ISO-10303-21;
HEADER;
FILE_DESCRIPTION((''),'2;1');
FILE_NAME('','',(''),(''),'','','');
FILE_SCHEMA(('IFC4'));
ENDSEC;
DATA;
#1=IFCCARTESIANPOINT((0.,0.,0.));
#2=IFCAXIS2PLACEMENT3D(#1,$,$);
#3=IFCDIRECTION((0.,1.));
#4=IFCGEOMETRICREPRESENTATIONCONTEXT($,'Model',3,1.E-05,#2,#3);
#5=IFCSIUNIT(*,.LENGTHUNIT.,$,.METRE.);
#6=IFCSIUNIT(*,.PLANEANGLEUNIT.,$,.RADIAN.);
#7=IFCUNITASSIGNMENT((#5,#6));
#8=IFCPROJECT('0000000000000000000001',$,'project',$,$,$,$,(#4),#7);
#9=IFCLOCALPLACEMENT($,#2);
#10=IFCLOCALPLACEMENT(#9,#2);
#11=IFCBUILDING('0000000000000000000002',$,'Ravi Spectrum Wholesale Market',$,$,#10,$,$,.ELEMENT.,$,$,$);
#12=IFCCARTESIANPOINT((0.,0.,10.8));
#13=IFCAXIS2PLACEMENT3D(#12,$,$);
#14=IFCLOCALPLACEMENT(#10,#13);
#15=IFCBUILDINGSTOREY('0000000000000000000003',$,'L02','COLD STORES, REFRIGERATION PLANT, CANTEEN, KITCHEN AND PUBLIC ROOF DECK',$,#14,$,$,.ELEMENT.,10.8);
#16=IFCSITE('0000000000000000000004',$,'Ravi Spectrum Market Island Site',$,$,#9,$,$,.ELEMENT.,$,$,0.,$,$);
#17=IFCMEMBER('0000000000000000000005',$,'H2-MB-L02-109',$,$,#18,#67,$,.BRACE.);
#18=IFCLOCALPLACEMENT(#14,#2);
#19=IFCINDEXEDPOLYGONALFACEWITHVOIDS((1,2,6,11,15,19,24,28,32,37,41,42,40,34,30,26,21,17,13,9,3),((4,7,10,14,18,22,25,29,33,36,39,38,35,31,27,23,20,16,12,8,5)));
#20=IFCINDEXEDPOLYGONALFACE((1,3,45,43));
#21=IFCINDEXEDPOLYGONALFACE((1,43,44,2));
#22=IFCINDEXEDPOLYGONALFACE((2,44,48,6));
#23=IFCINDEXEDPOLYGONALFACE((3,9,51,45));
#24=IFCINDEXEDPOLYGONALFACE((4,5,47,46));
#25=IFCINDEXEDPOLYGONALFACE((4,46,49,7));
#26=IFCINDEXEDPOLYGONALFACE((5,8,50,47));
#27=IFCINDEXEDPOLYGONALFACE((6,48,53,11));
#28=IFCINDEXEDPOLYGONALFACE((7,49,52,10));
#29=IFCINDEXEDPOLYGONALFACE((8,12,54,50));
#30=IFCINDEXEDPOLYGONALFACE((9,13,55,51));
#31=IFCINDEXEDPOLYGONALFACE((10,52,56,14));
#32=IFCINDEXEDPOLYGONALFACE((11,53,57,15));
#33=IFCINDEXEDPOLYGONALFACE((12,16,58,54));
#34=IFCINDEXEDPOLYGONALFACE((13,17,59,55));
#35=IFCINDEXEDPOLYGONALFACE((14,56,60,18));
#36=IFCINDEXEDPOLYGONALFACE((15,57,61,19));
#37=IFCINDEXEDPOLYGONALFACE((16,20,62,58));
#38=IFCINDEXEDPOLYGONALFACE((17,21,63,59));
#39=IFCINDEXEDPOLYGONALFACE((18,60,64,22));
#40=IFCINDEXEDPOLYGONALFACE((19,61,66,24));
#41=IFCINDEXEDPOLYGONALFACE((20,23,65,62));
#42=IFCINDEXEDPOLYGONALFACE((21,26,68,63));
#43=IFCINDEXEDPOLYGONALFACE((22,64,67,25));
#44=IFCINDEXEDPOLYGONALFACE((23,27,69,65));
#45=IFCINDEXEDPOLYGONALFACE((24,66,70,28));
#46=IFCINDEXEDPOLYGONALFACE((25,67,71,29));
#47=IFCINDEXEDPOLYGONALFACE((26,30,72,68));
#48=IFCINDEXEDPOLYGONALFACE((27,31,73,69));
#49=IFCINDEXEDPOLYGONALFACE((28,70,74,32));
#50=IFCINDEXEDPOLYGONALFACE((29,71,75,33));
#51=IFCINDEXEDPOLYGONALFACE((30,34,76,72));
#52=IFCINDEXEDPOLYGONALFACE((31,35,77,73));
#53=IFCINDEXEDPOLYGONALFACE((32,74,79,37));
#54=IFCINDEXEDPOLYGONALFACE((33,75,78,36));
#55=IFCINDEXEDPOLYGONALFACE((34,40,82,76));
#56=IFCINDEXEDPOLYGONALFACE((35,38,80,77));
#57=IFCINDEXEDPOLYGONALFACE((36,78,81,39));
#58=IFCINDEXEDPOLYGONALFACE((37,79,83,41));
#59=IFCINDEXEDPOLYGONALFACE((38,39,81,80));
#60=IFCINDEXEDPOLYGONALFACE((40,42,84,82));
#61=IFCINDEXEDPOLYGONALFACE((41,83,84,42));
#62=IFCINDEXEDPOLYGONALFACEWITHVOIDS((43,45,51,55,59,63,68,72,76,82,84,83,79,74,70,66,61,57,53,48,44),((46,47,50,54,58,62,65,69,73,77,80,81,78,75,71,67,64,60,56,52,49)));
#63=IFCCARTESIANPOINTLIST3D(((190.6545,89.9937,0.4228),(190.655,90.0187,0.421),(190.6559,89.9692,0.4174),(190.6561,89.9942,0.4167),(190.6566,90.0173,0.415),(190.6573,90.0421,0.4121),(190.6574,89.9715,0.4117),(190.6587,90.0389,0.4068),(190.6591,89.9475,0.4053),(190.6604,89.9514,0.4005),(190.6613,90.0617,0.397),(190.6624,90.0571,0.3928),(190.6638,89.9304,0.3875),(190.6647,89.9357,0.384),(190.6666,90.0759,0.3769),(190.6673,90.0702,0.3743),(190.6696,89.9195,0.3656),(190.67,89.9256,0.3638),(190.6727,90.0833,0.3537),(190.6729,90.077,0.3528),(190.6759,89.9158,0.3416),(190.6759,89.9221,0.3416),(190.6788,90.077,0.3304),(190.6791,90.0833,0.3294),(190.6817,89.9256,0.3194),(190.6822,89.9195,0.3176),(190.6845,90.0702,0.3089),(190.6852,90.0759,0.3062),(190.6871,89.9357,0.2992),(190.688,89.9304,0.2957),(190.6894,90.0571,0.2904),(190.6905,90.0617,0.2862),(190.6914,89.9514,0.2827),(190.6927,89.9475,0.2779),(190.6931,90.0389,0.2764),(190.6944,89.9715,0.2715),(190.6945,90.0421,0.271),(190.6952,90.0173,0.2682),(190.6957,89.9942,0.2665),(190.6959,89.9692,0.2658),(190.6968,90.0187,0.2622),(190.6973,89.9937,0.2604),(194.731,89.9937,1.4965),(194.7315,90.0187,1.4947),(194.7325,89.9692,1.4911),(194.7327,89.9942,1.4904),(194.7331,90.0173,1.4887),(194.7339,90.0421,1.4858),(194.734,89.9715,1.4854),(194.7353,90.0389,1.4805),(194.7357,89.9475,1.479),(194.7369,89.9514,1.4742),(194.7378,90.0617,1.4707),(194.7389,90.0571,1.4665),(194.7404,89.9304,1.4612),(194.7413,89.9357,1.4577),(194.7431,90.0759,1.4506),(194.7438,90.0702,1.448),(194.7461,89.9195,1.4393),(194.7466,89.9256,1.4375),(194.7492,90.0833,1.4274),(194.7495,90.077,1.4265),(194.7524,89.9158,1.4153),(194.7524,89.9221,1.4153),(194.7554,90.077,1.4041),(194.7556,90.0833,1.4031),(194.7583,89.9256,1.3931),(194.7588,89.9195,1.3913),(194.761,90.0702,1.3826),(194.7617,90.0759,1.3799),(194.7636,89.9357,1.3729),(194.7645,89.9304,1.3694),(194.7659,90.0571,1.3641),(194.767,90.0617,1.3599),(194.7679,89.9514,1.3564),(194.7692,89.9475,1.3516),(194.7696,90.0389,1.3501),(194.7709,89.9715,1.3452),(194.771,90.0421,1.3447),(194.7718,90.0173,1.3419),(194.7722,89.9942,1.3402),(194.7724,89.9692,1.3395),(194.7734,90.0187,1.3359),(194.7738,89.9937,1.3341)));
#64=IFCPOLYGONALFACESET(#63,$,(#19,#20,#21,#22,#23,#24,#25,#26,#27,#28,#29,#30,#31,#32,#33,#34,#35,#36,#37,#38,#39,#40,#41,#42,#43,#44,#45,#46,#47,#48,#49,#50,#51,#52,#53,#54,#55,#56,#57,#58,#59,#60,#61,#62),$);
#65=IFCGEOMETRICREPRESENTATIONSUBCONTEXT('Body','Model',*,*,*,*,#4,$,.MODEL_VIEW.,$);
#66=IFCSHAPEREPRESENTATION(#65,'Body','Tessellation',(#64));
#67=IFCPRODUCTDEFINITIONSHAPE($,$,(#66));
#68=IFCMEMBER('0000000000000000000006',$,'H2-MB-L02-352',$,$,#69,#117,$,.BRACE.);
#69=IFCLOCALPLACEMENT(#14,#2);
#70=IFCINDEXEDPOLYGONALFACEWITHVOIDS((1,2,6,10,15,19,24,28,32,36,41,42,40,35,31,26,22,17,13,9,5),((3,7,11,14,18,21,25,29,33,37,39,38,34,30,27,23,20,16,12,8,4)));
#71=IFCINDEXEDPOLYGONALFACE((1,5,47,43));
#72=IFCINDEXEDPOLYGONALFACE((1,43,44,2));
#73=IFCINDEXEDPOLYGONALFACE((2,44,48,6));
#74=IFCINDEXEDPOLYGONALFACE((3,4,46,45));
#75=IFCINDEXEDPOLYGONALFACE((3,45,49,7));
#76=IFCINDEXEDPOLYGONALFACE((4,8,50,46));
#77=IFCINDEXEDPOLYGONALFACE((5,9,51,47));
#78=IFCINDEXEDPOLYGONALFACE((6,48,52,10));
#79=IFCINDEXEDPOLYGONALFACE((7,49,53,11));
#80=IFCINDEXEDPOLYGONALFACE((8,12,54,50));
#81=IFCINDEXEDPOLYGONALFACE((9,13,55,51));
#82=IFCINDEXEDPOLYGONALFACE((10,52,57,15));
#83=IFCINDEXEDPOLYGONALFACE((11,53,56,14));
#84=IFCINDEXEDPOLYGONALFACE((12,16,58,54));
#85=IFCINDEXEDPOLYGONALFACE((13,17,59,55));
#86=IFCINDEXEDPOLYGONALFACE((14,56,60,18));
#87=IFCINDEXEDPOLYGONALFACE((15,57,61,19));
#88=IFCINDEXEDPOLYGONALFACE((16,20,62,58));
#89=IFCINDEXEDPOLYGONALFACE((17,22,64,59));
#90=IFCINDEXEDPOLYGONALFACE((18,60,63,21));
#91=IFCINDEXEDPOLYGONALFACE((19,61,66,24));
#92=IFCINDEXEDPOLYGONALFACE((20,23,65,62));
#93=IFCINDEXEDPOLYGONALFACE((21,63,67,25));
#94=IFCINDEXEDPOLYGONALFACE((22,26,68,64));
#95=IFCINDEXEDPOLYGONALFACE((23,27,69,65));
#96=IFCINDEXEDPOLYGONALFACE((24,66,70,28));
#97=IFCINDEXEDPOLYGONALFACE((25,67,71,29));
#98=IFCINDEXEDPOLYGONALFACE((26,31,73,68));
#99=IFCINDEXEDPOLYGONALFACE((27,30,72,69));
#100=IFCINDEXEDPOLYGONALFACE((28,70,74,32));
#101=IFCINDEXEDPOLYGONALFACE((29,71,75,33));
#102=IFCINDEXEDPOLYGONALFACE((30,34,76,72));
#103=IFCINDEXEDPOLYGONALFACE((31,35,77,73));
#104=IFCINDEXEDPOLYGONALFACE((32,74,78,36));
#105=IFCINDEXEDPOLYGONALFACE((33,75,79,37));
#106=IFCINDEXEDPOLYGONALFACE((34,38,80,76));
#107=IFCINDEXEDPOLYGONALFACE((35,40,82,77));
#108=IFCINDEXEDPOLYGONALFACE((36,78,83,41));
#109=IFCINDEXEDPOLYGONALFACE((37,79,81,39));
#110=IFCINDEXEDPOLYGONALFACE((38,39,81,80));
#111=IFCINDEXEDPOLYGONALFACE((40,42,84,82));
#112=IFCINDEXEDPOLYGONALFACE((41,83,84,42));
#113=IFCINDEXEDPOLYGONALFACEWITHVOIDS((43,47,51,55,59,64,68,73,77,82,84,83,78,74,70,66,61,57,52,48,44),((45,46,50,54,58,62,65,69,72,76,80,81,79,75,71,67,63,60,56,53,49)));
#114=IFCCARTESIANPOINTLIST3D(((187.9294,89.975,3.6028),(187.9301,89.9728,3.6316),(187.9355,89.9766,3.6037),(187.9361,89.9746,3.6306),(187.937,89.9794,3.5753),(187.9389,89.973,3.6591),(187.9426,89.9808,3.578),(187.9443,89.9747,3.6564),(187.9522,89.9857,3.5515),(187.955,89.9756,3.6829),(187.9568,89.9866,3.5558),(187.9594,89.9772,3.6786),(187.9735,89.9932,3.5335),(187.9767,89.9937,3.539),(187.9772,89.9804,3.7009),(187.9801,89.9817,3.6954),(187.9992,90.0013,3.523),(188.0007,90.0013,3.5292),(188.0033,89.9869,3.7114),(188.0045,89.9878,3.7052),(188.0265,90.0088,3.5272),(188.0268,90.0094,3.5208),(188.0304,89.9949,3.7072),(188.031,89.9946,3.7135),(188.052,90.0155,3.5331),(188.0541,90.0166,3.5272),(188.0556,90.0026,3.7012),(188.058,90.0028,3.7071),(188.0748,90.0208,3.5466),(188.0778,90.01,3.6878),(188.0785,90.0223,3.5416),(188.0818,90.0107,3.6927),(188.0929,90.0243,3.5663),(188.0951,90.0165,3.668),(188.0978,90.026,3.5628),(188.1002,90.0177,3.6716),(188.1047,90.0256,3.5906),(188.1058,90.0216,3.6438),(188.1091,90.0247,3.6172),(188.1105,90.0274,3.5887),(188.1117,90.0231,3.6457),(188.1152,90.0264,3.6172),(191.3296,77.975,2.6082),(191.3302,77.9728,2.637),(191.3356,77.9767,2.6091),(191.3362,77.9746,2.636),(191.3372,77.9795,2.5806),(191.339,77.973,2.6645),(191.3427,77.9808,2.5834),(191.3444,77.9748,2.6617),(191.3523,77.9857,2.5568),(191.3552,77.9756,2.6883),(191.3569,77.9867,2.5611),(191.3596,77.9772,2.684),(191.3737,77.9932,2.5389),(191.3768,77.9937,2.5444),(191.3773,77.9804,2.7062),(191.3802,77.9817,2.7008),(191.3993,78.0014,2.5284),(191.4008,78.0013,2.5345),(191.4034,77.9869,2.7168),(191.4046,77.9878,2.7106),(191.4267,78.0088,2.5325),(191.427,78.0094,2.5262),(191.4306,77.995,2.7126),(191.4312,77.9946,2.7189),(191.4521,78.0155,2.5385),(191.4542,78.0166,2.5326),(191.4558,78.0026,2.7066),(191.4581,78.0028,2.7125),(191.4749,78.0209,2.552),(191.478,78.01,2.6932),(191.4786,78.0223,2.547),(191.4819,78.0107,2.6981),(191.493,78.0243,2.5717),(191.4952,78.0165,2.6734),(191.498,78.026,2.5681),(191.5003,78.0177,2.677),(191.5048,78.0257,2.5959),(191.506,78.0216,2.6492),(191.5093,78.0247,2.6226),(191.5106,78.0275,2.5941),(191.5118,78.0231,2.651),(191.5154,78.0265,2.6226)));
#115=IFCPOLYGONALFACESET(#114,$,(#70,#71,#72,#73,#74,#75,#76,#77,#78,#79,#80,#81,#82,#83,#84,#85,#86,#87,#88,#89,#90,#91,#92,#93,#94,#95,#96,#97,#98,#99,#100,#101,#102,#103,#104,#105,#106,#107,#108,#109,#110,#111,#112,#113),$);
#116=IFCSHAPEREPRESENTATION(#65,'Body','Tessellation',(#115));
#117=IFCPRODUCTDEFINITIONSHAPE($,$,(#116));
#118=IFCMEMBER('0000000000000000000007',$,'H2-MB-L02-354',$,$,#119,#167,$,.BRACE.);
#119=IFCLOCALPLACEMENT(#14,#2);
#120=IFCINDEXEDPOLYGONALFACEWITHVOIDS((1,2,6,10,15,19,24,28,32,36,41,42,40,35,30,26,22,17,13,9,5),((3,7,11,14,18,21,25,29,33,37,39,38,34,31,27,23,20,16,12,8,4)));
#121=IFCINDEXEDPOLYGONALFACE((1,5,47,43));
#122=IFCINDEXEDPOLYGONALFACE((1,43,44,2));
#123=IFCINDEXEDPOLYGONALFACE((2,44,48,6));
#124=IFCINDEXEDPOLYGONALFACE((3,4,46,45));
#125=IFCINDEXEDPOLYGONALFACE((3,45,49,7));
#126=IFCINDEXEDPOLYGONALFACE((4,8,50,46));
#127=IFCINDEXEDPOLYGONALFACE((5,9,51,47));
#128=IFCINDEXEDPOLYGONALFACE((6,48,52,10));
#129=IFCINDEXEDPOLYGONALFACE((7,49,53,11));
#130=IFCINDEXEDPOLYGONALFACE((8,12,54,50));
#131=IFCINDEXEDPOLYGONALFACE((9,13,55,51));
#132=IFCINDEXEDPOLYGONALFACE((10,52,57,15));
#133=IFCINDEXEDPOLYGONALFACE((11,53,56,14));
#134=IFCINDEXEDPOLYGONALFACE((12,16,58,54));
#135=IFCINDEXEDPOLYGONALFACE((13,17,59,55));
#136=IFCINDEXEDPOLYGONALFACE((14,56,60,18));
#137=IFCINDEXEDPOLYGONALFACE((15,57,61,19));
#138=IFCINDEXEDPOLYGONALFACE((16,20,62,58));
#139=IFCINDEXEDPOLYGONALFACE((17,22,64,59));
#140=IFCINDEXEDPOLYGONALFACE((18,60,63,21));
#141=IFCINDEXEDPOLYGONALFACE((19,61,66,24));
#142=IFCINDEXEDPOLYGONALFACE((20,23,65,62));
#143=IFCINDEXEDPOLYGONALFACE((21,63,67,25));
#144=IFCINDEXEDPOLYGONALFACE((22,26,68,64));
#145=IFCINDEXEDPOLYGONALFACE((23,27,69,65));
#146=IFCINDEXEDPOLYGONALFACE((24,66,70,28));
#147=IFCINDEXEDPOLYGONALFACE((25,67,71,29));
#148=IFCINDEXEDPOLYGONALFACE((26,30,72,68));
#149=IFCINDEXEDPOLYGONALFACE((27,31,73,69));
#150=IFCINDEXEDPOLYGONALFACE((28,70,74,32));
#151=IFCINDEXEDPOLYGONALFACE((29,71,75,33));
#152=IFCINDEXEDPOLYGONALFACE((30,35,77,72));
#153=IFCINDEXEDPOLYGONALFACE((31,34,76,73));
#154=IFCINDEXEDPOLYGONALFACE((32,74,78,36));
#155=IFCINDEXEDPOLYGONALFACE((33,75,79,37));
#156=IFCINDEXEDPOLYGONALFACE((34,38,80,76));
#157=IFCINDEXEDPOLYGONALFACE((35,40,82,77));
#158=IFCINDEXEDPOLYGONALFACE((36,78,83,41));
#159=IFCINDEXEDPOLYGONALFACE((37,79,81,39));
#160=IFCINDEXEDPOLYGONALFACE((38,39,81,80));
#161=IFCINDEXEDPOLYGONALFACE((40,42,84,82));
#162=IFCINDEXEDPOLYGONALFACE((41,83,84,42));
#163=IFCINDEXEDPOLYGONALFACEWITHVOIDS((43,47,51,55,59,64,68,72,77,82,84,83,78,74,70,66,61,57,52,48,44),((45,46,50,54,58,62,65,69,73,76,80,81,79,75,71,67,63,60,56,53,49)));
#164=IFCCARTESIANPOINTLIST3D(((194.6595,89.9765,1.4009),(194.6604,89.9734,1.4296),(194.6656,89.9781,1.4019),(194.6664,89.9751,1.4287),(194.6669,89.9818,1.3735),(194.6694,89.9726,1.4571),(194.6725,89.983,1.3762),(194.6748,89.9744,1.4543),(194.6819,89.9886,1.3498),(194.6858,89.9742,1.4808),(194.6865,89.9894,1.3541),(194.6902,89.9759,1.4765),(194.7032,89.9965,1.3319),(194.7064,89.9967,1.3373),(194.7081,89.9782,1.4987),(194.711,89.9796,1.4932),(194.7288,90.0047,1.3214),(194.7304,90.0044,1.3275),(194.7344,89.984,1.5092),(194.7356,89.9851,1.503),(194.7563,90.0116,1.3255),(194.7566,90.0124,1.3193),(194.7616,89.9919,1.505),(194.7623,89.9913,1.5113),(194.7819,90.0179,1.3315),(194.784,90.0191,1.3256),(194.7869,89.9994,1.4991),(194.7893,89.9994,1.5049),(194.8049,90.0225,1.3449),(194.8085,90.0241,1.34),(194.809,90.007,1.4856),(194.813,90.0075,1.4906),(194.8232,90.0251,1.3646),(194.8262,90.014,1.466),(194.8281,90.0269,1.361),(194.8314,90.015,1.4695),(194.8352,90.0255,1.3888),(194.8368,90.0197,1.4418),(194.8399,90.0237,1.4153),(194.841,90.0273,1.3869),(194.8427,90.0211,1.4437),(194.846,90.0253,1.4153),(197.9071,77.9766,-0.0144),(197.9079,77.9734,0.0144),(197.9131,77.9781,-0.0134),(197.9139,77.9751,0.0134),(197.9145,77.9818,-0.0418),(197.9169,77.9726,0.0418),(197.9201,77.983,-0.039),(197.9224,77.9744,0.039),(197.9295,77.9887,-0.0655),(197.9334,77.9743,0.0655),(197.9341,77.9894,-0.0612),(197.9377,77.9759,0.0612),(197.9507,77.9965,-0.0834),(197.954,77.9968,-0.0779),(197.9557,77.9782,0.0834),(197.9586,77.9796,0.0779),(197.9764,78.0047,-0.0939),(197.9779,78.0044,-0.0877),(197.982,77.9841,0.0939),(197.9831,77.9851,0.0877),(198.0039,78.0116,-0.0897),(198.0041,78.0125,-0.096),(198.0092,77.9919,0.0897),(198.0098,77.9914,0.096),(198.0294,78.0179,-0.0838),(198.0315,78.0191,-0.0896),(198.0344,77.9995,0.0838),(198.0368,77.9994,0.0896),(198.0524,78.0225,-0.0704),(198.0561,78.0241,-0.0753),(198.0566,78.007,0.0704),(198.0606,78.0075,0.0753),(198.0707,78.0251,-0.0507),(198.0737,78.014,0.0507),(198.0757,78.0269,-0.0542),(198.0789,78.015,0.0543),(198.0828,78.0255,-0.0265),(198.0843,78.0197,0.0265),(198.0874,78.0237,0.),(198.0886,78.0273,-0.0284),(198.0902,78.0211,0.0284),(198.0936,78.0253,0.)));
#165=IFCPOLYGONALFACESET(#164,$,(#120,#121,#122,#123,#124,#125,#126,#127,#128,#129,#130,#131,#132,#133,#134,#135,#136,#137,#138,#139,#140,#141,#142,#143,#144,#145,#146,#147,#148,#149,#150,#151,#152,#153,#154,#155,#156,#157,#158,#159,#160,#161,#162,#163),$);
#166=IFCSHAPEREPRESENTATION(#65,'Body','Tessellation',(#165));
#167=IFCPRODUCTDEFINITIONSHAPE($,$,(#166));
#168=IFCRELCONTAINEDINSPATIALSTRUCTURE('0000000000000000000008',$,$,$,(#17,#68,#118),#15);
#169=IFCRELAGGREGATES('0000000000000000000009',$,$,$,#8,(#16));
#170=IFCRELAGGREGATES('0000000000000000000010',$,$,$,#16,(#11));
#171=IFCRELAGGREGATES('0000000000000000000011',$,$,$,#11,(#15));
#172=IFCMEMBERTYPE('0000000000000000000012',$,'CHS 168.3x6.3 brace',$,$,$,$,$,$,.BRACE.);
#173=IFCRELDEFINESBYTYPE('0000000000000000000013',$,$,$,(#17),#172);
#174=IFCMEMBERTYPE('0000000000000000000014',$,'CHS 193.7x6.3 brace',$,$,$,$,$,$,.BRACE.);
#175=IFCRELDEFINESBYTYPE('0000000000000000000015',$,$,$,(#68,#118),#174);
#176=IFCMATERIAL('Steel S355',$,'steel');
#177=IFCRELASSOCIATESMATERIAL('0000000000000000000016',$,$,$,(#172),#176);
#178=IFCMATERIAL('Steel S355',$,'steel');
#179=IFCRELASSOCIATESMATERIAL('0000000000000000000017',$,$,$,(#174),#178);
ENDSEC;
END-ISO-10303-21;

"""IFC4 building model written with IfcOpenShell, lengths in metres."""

from ifc_helpers import new_model, si_unit, direction, frame, origin, origin_2d, place, context, subcontext, project, spatial, hollow_circle, extrude, material, material_profile, profile_set, type_object, element, save


model = new_model("IFC4")

# Units and contexts
model_context = context("Model", 3, precision=1e-05, world=origin(), true_north=direction((0.0, 1.0)))
body_context = subcontext(model_context, "Body", "Model", "MODEL_VIEW")
ifc_project = project(units=[si_unit("LENGTHUNIT", "METRE"), si_unit("PLANEANGLEUNIT", "RADIAN")], contexts=[model_context])

# Site, building, storey
site_placement = place(None, origin())
site = spatial("IfcSite", under=ifc_project, at=site_placement, Name="Ravi Spectrum Market Island Site", CompositionType="ELEMENT", RefElevation=0.0)
building_placement = place(site_placement, origin())
building = spatial("IfcBuilding", under=site, at=building_placement, Name="Ravi Spectrum Wholesale Market", CompositionType="ELEMENT")
storey_placement = place(building_placement, frame((0.0, 0.0, 10.8)))
storey = spatial("IfcBuildingStorey", under=building, at=storey_placement, Name="L02", Description="COLD STORES, REFRIGERATION PLANT, CANTEEN, KITCHEN AND PUBLIC ROOF DECK", CompositionType="ELEMENT", Elevation=10.8)

# Members
ifc_material_1 = material(Name="Steel S355", Category="steel")
ifc_material_profile_1 = material_profile(ifc_material_1, hollow_circle(Radius=0.0842, WallThickness=0.0063, at=origin_2d()))
ifc_profile_set_1 = profile_set([ifc_material_profile_1], Name="Steel S355")
member_type_1 = type_object("IfcMemberType", Name="CHS 168.3x6.3 brace", PredefinedType="BRACE", material=ifc_profile_set_1)
member_1_placement = place(storey_placement, frame((194.7524, 90.0, 1.4153), z_axis=(-0.967021, 0.0, -0.254699), x_axis=(0.0, -1.0, 0.0)))
element("IfcMember", 1, at=member_1_placement, inside=storey, type_object=member_type_1, Name="H2-MB-L02-109", PredefinedType="BRACE", context=body_context, shape_type="SweptSolid", body=[
    extrude(hollow_circle(Radius=0.0842, WallThickness=0.0063, at=origin_2d()), origin(), (0.0, 0.0, 1.0), 4.2156),
])
ifc_material_2 = material(Name="Steel S355", Category="steel")
ifc_material_profile_2 = material_profile(ifc_material_2, hollow_circle(Radius=0.0969, WallThickness=0.0063, at=origin_2d()))
ifc_profile_set_2 = profile_set([ifc_material_profile_2], Name="Steel S355")
member_type_2 = type_object("IfcMemberType", Name="CHS 193.7x6.3 brace", PredefinedType="BRACE", material=ifc_profile_set_2)
for number, where, z_axis, x_axis, name in (
    (2, (188.022, 90.0, 3.6172), (0.271751, -0.959079, -0.079494), (0.962124, 0.272613, 0.0), "H2-MB-L02-352"),
    (3, (194.7524, 90.0, 1.4153), (0.259556, -0.959081, -0.113114), (0.965276, 0.261233, 0.0), "H2-MB-L02-354"),
):
    element("IfcMember", number, at=place(storey_placement, frame(where, z_axis=z_axis, x_axis=x_axis)), inside=storey, type_object=member_type_2, Name=name, PredefinedType="BRACE", context=body_context, shape_type="SweptSolid", body=[
        extrude(hollow_circle(Radius=0.0969, WallThickness=0.0063, at=origin_2d()), origin(), (0.0, 0.0, 1.0), 12.512),
    ])

save(model, "model.ifc")
